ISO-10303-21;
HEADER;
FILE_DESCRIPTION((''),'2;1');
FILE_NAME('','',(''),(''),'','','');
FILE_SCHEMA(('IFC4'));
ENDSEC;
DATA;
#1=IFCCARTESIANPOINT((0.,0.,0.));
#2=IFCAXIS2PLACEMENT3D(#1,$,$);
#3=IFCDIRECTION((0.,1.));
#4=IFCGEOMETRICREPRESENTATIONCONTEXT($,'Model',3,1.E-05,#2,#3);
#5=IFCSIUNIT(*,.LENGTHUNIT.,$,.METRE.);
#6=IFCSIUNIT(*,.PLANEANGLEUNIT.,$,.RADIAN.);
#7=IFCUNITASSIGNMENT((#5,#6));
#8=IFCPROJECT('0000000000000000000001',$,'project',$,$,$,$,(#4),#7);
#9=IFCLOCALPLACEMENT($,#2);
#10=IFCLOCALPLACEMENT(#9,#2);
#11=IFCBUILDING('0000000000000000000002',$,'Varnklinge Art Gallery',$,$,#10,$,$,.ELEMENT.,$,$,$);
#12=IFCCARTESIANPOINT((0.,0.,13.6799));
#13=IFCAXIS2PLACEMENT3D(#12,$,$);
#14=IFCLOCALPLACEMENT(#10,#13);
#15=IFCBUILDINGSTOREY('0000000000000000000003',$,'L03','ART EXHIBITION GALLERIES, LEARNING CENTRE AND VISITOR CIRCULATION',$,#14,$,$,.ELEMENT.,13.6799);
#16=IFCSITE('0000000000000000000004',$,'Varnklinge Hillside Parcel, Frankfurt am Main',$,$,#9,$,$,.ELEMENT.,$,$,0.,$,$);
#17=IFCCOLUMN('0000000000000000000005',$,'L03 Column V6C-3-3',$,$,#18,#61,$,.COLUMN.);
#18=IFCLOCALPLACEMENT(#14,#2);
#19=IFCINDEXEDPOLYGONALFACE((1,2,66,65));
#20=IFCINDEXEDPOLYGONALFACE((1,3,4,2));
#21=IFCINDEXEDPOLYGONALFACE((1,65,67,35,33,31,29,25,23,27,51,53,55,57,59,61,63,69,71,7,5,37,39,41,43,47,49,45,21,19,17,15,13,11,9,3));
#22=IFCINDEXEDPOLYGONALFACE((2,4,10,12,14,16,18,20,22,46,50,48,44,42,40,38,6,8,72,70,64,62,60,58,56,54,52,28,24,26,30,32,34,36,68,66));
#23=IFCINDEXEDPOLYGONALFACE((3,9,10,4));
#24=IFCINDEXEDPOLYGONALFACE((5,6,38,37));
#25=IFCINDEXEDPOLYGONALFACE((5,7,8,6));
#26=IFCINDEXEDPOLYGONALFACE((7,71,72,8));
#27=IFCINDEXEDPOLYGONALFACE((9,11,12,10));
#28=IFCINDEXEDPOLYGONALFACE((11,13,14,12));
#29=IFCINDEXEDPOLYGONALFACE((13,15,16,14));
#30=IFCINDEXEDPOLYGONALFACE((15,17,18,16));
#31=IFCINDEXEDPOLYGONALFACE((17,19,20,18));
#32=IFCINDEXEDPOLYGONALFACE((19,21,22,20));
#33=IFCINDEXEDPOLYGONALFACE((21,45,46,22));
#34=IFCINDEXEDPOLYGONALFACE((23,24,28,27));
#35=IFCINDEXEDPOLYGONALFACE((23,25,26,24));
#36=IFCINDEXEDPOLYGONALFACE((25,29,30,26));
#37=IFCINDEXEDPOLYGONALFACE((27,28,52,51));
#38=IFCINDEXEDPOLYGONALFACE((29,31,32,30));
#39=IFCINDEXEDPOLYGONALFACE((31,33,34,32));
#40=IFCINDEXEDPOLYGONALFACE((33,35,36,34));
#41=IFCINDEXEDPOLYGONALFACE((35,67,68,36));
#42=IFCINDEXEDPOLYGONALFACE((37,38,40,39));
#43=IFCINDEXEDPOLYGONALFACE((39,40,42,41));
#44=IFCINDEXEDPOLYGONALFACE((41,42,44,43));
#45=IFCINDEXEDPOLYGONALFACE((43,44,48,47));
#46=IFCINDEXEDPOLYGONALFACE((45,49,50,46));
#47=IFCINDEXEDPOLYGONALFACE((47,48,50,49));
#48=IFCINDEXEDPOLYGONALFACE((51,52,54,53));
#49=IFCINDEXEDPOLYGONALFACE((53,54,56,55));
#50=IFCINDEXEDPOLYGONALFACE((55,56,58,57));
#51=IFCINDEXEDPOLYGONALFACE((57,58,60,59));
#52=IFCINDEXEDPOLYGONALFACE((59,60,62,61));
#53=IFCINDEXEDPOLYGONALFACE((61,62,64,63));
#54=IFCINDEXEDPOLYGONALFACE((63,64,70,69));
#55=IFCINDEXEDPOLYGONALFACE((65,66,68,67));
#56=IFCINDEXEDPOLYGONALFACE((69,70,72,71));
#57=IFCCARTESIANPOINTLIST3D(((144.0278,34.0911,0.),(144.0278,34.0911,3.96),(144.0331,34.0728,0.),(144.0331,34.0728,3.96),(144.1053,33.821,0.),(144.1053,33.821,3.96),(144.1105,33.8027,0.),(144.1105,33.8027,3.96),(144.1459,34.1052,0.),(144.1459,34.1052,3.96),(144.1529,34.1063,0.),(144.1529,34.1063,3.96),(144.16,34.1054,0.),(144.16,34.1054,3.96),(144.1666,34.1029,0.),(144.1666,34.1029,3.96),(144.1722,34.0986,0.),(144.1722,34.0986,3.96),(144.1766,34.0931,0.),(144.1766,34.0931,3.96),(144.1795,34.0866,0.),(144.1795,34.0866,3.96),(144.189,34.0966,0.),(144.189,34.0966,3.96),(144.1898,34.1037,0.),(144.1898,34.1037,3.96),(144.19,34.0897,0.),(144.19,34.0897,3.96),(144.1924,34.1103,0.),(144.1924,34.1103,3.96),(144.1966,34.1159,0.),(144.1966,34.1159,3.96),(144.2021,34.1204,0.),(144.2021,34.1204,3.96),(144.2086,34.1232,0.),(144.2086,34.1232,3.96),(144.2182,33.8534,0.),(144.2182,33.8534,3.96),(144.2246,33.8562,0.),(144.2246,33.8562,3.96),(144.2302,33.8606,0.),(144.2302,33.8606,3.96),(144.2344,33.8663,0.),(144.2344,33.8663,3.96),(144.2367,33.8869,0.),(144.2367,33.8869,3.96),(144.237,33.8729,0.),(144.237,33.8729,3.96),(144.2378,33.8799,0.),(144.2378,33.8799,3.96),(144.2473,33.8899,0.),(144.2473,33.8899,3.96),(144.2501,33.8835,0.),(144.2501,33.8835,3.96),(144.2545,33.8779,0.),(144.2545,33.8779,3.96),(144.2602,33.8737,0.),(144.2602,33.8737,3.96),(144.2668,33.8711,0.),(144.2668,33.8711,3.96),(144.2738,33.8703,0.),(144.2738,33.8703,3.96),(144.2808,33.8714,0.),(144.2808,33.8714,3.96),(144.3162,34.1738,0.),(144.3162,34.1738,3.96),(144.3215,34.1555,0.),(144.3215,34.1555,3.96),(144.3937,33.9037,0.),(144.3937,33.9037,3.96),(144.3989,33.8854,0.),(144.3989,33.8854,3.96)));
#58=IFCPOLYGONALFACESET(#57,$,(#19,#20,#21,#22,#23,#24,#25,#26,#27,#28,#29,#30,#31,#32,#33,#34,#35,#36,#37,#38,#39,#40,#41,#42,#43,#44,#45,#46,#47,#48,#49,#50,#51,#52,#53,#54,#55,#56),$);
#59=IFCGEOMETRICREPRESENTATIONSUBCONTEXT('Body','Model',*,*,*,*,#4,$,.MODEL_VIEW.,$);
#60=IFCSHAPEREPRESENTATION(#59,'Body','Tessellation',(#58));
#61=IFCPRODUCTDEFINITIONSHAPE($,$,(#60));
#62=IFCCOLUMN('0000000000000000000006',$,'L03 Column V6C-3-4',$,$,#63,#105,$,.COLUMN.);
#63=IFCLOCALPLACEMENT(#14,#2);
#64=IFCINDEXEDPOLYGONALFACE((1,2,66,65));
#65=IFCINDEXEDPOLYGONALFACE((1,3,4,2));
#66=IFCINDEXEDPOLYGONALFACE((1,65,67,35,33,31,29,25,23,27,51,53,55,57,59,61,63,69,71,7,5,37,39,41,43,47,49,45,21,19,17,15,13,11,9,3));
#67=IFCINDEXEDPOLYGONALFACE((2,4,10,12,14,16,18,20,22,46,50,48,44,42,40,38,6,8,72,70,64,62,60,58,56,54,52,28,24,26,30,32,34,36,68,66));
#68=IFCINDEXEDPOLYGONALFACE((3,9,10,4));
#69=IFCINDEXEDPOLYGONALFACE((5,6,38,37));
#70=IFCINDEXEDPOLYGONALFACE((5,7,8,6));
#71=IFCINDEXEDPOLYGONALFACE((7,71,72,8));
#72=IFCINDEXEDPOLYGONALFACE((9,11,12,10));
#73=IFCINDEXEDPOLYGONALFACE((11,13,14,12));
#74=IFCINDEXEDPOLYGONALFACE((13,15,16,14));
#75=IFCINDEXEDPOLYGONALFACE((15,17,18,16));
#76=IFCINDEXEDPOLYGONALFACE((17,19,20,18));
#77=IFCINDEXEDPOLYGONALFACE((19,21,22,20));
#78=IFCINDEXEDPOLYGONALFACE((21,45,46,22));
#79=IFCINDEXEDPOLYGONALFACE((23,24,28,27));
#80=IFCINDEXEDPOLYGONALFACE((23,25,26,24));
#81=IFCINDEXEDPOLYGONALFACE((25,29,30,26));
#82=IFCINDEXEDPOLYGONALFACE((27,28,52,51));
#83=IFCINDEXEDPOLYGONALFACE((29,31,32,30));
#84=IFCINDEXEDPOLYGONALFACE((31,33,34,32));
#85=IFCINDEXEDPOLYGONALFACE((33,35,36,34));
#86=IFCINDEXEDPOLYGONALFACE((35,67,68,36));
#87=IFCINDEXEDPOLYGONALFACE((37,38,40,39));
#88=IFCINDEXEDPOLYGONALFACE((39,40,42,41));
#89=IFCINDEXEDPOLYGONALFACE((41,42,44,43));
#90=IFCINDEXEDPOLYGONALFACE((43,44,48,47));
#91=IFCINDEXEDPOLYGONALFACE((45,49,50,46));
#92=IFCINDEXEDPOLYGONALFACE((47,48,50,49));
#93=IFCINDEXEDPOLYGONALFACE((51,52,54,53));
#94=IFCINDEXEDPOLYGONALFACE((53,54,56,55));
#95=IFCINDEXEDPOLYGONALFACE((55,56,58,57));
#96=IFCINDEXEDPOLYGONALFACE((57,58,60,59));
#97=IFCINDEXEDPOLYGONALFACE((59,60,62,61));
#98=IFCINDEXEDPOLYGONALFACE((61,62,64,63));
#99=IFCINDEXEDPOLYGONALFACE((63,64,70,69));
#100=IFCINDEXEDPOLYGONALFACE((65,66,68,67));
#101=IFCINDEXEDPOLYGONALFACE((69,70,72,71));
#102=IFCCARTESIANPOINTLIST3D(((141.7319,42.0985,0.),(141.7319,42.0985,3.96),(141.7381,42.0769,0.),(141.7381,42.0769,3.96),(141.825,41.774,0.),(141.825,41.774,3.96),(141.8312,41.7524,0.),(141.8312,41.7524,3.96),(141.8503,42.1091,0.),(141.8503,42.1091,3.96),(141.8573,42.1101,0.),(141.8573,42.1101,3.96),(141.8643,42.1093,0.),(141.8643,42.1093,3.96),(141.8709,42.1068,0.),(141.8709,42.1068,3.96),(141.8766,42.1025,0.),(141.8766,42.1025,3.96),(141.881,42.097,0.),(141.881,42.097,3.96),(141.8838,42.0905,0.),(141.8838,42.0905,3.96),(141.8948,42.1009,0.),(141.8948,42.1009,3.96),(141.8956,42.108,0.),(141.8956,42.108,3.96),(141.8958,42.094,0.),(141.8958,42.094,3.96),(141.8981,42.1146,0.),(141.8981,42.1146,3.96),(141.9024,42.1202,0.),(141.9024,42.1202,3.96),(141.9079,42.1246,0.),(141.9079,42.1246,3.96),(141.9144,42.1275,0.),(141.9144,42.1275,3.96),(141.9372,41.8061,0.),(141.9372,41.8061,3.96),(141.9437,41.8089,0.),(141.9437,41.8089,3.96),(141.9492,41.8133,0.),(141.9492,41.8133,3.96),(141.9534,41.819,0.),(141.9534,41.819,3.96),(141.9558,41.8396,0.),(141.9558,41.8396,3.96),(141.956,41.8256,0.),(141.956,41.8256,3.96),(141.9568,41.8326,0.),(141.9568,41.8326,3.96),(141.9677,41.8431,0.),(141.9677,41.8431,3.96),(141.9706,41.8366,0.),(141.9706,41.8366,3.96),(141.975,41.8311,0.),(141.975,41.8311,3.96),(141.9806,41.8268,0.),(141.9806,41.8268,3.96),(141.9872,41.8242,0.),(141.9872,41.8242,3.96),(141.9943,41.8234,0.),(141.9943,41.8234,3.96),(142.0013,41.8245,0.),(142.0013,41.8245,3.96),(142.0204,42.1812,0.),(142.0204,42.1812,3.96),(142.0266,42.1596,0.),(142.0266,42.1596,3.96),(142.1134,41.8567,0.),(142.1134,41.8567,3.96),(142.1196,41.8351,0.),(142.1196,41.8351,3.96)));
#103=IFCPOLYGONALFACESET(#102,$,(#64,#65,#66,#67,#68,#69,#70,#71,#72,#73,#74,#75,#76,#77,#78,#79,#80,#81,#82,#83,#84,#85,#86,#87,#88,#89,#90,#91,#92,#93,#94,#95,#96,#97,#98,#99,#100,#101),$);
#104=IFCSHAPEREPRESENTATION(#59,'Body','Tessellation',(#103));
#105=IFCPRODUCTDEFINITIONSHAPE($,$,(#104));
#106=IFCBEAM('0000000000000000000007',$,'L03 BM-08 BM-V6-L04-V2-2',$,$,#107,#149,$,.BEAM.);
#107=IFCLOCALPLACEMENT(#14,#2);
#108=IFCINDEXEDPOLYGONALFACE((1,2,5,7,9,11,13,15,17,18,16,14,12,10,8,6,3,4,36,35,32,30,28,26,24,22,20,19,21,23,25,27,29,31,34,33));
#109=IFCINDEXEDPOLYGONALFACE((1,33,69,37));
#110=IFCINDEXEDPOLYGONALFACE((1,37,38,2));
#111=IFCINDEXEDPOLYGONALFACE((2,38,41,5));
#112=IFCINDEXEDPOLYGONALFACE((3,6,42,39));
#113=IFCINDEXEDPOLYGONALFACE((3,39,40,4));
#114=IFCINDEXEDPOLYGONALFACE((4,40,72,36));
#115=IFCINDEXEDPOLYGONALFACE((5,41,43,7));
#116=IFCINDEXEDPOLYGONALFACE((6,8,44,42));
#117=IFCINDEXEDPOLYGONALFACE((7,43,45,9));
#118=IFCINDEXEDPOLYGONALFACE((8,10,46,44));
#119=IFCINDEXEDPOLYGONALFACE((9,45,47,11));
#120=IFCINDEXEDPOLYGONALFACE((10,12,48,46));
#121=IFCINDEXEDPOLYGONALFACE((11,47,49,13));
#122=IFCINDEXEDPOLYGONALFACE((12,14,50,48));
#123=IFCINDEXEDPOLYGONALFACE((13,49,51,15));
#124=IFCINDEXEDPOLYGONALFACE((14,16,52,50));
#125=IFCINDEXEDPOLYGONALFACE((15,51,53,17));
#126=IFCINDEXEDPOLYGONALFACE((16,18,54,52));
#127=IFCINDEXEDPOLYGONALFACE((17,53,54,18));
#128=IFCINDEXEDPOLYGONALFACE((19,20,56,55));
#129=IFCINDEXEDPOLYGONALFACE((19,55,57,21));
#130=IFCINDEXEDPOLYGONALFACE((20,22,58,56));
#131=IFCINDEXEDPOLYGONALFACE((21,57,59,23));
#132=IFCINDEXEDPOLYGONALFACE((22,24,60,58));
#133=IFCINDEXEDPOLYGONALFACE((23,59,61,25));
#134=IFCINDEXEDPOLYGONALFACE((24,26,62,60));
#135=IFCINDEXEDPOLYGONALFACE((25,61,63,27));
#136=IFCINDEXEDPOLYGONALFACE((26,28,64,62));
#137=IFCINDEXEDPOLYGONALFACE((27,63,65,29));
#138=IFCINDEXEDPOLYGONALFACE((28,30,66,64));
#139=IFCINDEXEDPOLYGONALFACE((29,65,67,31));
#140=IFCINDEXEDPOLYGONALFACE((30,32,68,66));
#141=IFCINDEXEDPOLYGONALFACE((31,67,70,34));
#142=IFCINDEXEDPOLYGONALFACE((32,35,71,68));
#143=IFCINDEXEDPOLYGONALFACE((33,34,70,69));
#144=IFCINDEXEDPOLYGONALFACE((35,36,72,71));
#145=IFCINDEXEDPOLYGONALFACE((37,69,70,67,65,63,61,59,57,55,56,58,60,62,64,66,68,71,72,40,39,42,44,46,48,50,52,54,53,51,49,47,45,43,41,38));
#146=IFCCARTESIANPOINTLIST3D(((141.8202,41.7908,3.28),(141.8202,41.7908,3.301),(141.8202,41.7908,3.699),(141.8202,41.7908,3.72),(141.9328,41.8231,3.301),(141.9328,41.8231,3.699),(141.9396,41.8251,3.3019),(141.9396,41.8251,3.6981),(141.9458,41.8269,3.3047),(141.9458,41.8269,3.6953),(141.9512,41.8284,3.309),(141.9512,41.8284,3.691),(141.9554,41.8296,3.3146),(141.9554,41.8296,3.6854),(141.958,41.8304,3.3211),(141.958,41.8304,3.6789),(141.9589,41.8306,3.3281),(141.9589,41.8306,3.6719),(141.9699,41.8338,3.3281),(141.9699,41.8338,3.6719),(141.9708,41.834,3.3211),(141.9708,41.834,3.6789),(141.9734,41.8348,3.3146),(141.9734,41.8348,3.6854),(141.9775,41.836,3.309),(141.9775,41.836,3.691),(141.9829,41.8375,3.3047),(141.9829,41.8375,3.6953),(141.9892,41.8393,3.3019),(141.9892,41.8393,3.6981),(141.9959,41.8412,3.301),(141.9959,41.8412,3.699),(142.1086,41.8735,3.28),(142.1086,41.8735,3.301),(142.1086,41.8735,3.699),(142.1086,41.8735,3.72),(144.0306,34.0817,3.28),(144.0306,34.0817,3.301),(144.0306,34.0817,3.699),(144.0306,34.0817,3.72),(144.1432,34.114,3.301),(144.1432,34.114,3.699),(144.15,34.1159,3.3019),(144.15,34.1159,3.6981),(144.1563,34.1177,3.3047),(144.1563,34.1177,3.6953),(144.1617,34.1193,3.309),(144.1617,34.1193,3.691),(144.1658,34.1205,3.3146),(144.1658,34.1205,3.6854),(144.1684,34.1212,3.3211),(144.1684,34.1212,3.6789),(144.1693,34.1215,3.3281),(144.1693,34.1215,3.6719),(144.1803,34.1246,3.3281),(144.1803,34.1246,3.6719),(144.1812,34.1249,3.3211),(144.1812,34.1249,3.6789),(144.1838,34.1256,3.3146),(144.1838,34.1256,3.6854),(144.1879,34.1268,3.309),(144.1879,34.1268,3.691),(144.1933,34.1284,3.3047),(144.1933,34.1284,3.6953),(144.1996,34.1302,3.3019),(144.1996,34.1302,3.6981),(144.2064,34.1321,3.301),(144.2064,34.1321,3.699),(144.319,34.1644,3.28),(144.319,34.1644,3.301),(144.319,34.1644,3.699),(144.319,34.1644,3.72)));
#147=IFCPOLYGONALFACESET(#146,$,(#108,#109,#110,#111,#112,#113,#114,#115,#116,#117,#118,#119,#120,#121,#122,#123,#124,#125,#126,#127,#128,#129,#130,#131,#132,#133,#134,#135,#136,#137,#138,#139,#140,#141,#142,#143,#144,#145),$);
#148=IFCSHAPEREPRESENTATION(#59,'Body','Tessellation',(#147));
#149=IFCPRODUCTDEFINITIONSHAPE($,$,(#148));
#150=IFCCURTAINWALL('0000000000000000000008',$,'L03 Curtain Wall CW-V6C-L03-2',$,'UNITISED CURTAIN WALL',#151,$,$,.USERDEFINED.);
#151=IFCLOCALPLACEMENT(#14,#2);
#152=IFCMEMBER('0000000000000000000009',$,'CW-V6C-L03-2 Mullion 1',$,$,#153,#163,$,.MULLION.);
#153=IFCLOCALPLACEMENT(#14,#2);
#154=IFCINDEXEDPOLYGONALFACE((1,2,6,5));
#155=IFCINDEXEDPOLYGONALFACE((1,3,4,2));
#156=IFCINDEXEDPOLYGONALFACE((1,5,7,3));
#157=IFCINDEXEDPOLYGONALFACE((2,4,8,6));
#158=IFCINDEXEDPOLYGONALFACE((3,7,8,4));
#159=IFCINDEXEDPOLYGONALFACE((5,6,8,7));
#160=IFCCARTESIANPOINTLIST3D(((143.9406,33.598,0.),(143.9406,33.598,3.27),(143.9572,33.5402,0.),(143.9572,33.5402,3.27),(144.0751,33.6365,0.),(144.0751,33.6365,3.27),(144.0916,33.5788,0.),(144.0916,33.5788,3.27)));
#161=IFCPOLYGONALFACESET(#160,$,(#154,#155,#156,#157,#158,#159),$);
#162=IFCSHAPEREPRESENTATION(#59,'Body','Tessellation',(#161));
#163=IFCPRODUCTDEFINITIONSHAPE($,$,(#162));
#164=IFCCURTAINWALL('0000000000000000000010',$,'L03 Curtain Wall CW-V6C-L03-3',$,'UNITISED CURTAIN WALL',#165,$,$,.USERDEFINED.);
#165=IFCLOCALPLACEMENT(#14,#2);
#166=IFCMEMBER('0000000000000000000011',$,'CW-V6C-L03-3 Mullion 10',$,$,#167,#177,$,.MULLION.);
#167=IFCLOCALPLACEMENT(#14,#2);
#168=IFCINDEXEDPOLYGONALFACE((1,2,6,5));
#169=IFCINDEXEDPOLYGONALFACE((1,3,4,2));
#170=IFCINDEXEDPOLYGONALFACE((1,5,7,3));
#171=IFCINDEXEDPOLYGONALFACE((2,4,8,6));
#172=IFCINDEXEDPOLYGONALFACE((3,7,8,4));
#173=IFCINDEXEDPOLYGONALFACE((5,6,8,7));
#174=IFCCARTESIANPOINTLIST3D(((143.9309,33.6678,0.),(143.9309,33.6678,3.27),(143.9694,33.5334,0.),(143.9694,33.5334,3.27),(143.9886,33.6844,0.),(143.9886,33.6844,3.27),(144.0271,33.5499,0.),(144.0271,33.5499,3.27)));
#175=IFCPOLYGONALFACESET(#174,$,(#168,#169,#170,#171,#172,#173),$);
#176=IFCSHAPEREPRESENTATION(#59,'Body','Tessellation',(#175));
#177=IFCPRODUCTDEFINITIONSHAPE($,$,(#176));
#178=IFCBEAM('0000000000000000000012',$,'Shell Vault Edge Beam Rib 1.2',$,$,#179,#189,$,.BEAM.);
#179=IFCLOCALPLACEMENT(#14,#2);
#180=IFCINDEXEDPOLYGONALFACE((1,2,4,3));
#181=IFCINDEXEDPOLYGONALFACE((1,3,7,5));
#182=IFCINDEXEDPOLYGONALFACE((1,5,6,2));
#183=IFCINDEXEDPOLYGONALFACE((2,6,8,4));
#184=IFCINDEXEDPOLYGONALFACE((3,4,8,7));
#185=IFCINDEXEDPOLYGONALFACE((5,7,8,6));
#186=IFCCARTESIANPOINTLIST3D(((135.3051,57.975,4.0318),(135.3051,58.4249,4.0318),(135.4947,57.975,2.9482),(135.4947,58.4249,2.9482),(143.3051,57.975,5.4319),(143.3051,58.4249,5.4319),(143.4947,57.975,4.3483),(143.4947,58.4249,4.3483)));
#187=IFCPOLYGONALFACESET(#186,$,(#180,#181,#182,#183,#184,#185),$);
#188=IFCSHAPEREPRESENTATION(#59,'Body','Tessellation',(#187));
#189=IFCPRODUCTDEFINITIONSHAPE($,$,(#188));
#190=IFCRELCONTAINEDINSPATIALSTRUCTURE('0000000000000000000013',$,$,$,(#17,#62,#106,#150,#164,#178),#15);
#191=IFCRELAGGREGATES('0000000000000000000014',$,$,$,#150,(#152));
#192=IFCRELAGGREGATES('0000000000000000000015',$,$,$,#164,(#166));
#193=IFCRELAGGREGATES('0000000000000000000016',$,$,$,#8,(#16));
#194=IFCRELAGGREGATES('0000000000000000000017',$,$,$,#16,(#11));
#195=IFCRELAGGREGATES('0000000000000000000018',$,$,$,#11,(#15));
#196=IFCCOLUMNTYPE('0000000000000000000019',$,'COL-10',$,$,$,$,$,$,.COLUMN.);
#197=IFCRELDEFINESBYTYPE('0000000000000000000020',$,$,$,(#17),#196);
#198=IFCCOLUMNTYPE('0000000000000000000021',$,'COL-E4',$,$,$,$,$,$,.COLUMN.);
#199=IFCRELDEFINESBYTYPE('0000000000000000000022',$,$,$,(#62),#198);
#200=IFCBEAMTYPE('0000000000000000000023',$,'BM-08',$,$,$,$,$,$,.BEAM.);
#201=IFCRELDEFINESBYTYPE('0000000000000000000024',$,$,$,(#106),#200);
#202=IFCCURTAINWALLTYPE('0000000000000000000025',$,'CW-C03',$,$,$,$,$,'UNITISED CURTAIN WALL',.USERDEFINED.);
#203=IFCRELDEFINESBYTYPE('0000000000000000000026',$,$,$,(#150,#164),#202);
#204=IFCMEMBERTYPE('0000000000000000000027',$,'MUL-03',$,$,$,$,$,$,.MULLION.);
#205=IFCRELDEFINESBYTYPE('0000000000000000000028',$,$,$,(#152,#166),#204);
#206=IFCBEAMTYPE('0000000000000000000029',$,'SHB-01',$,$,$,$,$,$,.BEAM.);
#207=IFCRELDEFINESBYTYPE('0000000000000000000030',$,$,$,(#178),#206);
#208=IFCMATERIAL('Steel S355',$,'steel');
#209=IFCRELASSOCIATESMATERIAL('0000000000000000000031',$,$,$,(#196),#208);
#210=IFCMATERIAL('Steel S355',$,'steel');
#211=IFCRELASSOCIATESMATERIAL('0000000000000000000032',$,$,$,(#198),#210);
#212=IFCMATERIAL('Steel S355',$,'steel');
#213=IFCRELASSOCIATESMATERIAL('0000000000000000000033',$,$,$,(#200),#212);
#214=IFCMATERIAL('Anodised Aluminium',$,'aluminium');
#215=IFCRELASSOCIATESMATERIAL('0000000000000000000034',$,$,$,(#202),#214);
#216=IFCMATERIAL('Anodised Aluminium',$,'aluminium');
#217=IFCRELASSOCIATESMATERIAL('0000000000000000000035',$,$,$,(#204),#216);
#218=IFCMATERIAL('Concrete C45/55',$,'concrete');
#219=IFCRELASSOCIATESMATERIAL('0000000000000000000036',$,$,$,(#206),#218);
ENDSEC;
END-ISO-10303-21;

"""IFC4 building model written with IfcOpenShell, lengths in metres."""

from ifc_helpers import new_model, si_unit, direction, frame, origin, origin_2d, place, context, subcontext, project, spatial, rectangle, i_section, extrude, material, material_profile, profile_set, type_object, element, aggregate, save


model = new_model("IFC4")

# Units and contexts
model_context = context("Model", 3, precision=1e-05, world=origin(), true_north=direction((0.0, 1.0)))
body_context = subcontext(model_context, "Body", "Model", "MODEL_VIEW")
ifc_project = project(units=[si_unit("LENGTHUNIT", "METRE"), si_unit("PLANEANGLEUNIT", "RADIAN")], contexts=[model_context])

# Site, building, storey
site_placement = place(None, origin())
site = spatial("IfcSite", under=ifc_project, at=site_placement, Name="Varnklinge Hillside Parcel, Frankfurt am Main", CompositionType="ELEMENT", RefElevation=0.0)
building_placement = place(site_placement, origin())
building = spatial("IfcBuilding", under=site, at=building_placement, Name="Varnklinge Art Gallery", CompositionType="ELEMENT")
storey_placement = place(building_placement, frame((0.0, 0.0, 13.6799)))
storey = spatial("IfcBuildingStorey", under=building, at=storey_placement, Name="L03", Description="ART EXHIBITION GALLERIES, LEARNING CENTRE AND VISITOR CIRCULATION", CompositionType="ELEMENT", Elevation=13.6799)

# Columns
ifc_material_1 = material(Name="Steel S355", Category="steel")
ifc_material_profile_1 = material_profile(ifc_material_1, i_section(OverallWidth=0.3, OverallDepth=0.3, WebThickness=0.011, FlangeThickness=0.019, FilletRadius=0.0271, at=origin_2d()), Name="HEB 300")
ifc_profile_set_1 = profile_set([ifc_material_profile_1], Name="Steel S355")
column_type_1 = type_object("IfcColumnType", Name="COL-10", PredefinedType="COLUMN", material=ifc_profile_set_1)
column_1_placement = place(storey_placement, frame((144.2134, 33.9883, 0.0), z_axis=(0.0, 0.0, 1.0), x_axis=(0.961262, 0.275637, 0.0)))
element("IfcColumn", 1, at=column_1_placement, inside=storey, type_object=column_type_1, Name="L03 Column V6C-3-3", PredefinedType="COLUMN", context=body_context, shape_type="SweptSolid", body=[
    extrude(i_section(OverallWidth=0.3, OverallDepth=0.3, WebThickness=0.011, FlangeThickness=0.019, FilletRadius=0.0271, at=origin_2d()), origin(), (0.0, 0.0, 1.0), 3.96),
])
ifc_material_2 = material(Name="Steel S355", Category="steel")
ifc_material_profile_2 = material_profile(ifc_material_2, i_section(OverallWidth=0.3, OverallDepth=0.3601, WebThickness=0.0125, FlangeThickness=0.0225, FilletRadius=0.0271, at=origin_2d()), Name="HEB 360")
ifc_profile_set_2 = profile_set([ifc_material_profile_2], Name="Steel S355")
column_type_2 = type_object("IfcColumnType", Name="COL-E4", PredefinedType="COLUMN", material=ifc_profile_set_2)
column_2_placement = place(storey_placement, frame((141.9258, 41.9668, 0.0), z_axis=(0.0, 0.0, 1.0), x_axis=(0.961262, 0.275637, 0.0)))
element("IfcColumn", 2, at=column_2_placement, inside=storey, type_object=column_type_2, Name="L03 Column V6C-3-4", PredefinedType="COLUMN", context=body_context, shape_type="SweptSolid", body=[
    extrude(i_section(OverallWidth=0.3, OverallDepth=0.3601, WebThickness=0.0125, FlangeThickness=0.0225, FilletRadius=0.0271, at=origin_2d()), origin(), (0.0, 0.0, 1.0), 3.96),
])

# Beam
ifc_material_3 = material(Name="Steel S355", Category="steel")
ifc_material_profile_3 = material_profile(ifc_material_3, i_section(OverallWidth=0.3, OverallDepth=0.4399, WebThickness=0.0115, FlangeThickness=0.021, FilletRadius=0.0271, at=origin_2d()), Name="HEA 450")
ifc_profile_set_3 = profile_set([ifc_material_profile_3], Name="Steel S355")
beam_type_1 = type_object("IfcBeamType", Name="BM-08", PredefinedType="BEAM", material=ifc_profile_set_3)
beam_1_placement = place(storey_placement, frame((144.1748, 34.123, 3.5), z_axis=(-0.275622, 0.961266, 0.0), x_axis=(-0.961266, -0.275622, 0.0)))
element("IfcBeam", 3, at=beam_1_placement, inside=storey, type_object=beam_type_1, Name="L03 BM-08 BM-V6-L04-V2-2", PredefinedType="BEAM", context=body_context, shape_type="SweptSolid", body=[
    extrude(i_section(OverallWidth=0.3, OverallDepth=0.4399, WebThickness=0.0115, FlangeThickness=0.021, FilletRadius=0.0271, at=origin_2d()), origin(), (0.0, 0.0, 1.0), 8.0198),
])

# Curtain walls, members
ifc_material_4 = material(Name="Anodised Aluminium", Category="aluminium")
curtain_wall_type = type_object("IfcCurtainWallType", Name="CW-C03", ElementType="UNITISED CURTAIN WALL", PredefinedType="USERDEFINED", material=ifc_material_4)
curtain_wall_1_placement = place(storey_placement, origin())
curtain_wall_1 = element("IfcCurtainWall", 4, at=curtain_wall_1_placement, inside=storey, type_object=curtain_wall_type, Name="L03 Curtain Wall CW-V6C-L03-2", ObjectType="UNITISED CURTAIN WALL", PredefinedType="USERDEFINED")
ifc_material_5 = material(Name="Anodised Aluminium", Category="aluminium")
ifc_material_profile_4 = material_profile(ifc_material_5, rectangle(XDim=0.0601, YDim=0.1399, at=origin_2d()), Name="ALU 60x140")
ifc_profile_set_4 = profile_set([ifc_material_profile_4], Name="Anodised Aluminium")
member_type_1 = type_object("IfcMemberType", Name="MUL-03", PredefinedType="MULLION", material=ifc_profile_set_4)
member_1_placement = place(storey_placement, frame((144.0161, 33.5884, 0.0), z_axis=(0.0, 0.0, 1.0), x_axis=(0.275637, -0.961262, 0.0)))
member_1 = element("IfcMember", 5, at=member_1_placement, type_object=member_type_1, Name="CW-V6C-L03-2 Mullion 1", PredefinedType="MULLION", context=body_context, shape_type="SweptSolid", body=[
    extrude(rectangle(XDim=0.0601, YDim=0.1399, at=origin_2d()), origin(), (0.0, 0.0, 1.0), 3.27),
])
curtain_wall_2_placement = place(storey_placement, origin())
curtain_wall_2 = element("IfcCurtainWall", 6, at=curtain_wall_2_placement, inside=storey, type_object=curtain_wall_type, Name="L03 Curtain Wall CW-V6C-L03-3", ObjectType="UNITISED CURTAIN WALL", PredefinedType="USERDEFINED")
member_2_placement = place(storey_placement, frame((143.979, 33.6089, 0.0), z_axis=(0.0, 0.0, 1.0), x_axis=(0.961262, 0.275637, 0.0)))
member_2 = element("IfcMember", 7, at=member_2_placement, type_object=member_type_1, Name="CW-V6C-L03-3 Mullion 10", PredefinedType="MULLION", context=body_context, shape_type="SweptSolid", body=[
    extrude(rectangle(XDim=0.0601, YDim=0.1399, at=origin_2d()), origin(), (0.0, 0.0, 1.0), 3.27),
])

# Beam
ifc_material_6 = material(Name="Concrete C45/55", Category="concrete")
ifc_material_profile_5 = material_profile(ifc_material_6, rectangle(XDim=0.45, YDim=1.1001, at=origin_2d()), Name="RC 450x1100")
ifc_profile_set_5 = profile_set([ifc_material_profile_5], Name="Concrete C45/55")
beam_type_2 = type_object("IfcBeamType", Name="SHB-01", PredefinedType="BEAM", material=ifc_profile_set_5)
beam_2_placement = place(storey_placement, frame((135.3999, 58.2, 3.49), z_axis=(0.985027, 0.0, 0.172398), x_axis=(0.0, 1.0, 0.0)))
element("IfcBeam", 8, at=beam_2_placement, inside=storey, type_object=beam_type_2, Name="Shell Vault Edge Beam Rib 1.2", PredefinedType="BEAM", context=body_context, shape_type="SweptSolid", body=[
    extrude(rectangle(XDim=0.45, YDim=1.1001, at=origin_2d()), origin(), (0.0, 0.0, 1.0), 8.1216),
])

aggregate(curtain_wall_1, [member_1])

aggregate(curtain_wall_2, [member_2])

save(model, "model.ifc")
